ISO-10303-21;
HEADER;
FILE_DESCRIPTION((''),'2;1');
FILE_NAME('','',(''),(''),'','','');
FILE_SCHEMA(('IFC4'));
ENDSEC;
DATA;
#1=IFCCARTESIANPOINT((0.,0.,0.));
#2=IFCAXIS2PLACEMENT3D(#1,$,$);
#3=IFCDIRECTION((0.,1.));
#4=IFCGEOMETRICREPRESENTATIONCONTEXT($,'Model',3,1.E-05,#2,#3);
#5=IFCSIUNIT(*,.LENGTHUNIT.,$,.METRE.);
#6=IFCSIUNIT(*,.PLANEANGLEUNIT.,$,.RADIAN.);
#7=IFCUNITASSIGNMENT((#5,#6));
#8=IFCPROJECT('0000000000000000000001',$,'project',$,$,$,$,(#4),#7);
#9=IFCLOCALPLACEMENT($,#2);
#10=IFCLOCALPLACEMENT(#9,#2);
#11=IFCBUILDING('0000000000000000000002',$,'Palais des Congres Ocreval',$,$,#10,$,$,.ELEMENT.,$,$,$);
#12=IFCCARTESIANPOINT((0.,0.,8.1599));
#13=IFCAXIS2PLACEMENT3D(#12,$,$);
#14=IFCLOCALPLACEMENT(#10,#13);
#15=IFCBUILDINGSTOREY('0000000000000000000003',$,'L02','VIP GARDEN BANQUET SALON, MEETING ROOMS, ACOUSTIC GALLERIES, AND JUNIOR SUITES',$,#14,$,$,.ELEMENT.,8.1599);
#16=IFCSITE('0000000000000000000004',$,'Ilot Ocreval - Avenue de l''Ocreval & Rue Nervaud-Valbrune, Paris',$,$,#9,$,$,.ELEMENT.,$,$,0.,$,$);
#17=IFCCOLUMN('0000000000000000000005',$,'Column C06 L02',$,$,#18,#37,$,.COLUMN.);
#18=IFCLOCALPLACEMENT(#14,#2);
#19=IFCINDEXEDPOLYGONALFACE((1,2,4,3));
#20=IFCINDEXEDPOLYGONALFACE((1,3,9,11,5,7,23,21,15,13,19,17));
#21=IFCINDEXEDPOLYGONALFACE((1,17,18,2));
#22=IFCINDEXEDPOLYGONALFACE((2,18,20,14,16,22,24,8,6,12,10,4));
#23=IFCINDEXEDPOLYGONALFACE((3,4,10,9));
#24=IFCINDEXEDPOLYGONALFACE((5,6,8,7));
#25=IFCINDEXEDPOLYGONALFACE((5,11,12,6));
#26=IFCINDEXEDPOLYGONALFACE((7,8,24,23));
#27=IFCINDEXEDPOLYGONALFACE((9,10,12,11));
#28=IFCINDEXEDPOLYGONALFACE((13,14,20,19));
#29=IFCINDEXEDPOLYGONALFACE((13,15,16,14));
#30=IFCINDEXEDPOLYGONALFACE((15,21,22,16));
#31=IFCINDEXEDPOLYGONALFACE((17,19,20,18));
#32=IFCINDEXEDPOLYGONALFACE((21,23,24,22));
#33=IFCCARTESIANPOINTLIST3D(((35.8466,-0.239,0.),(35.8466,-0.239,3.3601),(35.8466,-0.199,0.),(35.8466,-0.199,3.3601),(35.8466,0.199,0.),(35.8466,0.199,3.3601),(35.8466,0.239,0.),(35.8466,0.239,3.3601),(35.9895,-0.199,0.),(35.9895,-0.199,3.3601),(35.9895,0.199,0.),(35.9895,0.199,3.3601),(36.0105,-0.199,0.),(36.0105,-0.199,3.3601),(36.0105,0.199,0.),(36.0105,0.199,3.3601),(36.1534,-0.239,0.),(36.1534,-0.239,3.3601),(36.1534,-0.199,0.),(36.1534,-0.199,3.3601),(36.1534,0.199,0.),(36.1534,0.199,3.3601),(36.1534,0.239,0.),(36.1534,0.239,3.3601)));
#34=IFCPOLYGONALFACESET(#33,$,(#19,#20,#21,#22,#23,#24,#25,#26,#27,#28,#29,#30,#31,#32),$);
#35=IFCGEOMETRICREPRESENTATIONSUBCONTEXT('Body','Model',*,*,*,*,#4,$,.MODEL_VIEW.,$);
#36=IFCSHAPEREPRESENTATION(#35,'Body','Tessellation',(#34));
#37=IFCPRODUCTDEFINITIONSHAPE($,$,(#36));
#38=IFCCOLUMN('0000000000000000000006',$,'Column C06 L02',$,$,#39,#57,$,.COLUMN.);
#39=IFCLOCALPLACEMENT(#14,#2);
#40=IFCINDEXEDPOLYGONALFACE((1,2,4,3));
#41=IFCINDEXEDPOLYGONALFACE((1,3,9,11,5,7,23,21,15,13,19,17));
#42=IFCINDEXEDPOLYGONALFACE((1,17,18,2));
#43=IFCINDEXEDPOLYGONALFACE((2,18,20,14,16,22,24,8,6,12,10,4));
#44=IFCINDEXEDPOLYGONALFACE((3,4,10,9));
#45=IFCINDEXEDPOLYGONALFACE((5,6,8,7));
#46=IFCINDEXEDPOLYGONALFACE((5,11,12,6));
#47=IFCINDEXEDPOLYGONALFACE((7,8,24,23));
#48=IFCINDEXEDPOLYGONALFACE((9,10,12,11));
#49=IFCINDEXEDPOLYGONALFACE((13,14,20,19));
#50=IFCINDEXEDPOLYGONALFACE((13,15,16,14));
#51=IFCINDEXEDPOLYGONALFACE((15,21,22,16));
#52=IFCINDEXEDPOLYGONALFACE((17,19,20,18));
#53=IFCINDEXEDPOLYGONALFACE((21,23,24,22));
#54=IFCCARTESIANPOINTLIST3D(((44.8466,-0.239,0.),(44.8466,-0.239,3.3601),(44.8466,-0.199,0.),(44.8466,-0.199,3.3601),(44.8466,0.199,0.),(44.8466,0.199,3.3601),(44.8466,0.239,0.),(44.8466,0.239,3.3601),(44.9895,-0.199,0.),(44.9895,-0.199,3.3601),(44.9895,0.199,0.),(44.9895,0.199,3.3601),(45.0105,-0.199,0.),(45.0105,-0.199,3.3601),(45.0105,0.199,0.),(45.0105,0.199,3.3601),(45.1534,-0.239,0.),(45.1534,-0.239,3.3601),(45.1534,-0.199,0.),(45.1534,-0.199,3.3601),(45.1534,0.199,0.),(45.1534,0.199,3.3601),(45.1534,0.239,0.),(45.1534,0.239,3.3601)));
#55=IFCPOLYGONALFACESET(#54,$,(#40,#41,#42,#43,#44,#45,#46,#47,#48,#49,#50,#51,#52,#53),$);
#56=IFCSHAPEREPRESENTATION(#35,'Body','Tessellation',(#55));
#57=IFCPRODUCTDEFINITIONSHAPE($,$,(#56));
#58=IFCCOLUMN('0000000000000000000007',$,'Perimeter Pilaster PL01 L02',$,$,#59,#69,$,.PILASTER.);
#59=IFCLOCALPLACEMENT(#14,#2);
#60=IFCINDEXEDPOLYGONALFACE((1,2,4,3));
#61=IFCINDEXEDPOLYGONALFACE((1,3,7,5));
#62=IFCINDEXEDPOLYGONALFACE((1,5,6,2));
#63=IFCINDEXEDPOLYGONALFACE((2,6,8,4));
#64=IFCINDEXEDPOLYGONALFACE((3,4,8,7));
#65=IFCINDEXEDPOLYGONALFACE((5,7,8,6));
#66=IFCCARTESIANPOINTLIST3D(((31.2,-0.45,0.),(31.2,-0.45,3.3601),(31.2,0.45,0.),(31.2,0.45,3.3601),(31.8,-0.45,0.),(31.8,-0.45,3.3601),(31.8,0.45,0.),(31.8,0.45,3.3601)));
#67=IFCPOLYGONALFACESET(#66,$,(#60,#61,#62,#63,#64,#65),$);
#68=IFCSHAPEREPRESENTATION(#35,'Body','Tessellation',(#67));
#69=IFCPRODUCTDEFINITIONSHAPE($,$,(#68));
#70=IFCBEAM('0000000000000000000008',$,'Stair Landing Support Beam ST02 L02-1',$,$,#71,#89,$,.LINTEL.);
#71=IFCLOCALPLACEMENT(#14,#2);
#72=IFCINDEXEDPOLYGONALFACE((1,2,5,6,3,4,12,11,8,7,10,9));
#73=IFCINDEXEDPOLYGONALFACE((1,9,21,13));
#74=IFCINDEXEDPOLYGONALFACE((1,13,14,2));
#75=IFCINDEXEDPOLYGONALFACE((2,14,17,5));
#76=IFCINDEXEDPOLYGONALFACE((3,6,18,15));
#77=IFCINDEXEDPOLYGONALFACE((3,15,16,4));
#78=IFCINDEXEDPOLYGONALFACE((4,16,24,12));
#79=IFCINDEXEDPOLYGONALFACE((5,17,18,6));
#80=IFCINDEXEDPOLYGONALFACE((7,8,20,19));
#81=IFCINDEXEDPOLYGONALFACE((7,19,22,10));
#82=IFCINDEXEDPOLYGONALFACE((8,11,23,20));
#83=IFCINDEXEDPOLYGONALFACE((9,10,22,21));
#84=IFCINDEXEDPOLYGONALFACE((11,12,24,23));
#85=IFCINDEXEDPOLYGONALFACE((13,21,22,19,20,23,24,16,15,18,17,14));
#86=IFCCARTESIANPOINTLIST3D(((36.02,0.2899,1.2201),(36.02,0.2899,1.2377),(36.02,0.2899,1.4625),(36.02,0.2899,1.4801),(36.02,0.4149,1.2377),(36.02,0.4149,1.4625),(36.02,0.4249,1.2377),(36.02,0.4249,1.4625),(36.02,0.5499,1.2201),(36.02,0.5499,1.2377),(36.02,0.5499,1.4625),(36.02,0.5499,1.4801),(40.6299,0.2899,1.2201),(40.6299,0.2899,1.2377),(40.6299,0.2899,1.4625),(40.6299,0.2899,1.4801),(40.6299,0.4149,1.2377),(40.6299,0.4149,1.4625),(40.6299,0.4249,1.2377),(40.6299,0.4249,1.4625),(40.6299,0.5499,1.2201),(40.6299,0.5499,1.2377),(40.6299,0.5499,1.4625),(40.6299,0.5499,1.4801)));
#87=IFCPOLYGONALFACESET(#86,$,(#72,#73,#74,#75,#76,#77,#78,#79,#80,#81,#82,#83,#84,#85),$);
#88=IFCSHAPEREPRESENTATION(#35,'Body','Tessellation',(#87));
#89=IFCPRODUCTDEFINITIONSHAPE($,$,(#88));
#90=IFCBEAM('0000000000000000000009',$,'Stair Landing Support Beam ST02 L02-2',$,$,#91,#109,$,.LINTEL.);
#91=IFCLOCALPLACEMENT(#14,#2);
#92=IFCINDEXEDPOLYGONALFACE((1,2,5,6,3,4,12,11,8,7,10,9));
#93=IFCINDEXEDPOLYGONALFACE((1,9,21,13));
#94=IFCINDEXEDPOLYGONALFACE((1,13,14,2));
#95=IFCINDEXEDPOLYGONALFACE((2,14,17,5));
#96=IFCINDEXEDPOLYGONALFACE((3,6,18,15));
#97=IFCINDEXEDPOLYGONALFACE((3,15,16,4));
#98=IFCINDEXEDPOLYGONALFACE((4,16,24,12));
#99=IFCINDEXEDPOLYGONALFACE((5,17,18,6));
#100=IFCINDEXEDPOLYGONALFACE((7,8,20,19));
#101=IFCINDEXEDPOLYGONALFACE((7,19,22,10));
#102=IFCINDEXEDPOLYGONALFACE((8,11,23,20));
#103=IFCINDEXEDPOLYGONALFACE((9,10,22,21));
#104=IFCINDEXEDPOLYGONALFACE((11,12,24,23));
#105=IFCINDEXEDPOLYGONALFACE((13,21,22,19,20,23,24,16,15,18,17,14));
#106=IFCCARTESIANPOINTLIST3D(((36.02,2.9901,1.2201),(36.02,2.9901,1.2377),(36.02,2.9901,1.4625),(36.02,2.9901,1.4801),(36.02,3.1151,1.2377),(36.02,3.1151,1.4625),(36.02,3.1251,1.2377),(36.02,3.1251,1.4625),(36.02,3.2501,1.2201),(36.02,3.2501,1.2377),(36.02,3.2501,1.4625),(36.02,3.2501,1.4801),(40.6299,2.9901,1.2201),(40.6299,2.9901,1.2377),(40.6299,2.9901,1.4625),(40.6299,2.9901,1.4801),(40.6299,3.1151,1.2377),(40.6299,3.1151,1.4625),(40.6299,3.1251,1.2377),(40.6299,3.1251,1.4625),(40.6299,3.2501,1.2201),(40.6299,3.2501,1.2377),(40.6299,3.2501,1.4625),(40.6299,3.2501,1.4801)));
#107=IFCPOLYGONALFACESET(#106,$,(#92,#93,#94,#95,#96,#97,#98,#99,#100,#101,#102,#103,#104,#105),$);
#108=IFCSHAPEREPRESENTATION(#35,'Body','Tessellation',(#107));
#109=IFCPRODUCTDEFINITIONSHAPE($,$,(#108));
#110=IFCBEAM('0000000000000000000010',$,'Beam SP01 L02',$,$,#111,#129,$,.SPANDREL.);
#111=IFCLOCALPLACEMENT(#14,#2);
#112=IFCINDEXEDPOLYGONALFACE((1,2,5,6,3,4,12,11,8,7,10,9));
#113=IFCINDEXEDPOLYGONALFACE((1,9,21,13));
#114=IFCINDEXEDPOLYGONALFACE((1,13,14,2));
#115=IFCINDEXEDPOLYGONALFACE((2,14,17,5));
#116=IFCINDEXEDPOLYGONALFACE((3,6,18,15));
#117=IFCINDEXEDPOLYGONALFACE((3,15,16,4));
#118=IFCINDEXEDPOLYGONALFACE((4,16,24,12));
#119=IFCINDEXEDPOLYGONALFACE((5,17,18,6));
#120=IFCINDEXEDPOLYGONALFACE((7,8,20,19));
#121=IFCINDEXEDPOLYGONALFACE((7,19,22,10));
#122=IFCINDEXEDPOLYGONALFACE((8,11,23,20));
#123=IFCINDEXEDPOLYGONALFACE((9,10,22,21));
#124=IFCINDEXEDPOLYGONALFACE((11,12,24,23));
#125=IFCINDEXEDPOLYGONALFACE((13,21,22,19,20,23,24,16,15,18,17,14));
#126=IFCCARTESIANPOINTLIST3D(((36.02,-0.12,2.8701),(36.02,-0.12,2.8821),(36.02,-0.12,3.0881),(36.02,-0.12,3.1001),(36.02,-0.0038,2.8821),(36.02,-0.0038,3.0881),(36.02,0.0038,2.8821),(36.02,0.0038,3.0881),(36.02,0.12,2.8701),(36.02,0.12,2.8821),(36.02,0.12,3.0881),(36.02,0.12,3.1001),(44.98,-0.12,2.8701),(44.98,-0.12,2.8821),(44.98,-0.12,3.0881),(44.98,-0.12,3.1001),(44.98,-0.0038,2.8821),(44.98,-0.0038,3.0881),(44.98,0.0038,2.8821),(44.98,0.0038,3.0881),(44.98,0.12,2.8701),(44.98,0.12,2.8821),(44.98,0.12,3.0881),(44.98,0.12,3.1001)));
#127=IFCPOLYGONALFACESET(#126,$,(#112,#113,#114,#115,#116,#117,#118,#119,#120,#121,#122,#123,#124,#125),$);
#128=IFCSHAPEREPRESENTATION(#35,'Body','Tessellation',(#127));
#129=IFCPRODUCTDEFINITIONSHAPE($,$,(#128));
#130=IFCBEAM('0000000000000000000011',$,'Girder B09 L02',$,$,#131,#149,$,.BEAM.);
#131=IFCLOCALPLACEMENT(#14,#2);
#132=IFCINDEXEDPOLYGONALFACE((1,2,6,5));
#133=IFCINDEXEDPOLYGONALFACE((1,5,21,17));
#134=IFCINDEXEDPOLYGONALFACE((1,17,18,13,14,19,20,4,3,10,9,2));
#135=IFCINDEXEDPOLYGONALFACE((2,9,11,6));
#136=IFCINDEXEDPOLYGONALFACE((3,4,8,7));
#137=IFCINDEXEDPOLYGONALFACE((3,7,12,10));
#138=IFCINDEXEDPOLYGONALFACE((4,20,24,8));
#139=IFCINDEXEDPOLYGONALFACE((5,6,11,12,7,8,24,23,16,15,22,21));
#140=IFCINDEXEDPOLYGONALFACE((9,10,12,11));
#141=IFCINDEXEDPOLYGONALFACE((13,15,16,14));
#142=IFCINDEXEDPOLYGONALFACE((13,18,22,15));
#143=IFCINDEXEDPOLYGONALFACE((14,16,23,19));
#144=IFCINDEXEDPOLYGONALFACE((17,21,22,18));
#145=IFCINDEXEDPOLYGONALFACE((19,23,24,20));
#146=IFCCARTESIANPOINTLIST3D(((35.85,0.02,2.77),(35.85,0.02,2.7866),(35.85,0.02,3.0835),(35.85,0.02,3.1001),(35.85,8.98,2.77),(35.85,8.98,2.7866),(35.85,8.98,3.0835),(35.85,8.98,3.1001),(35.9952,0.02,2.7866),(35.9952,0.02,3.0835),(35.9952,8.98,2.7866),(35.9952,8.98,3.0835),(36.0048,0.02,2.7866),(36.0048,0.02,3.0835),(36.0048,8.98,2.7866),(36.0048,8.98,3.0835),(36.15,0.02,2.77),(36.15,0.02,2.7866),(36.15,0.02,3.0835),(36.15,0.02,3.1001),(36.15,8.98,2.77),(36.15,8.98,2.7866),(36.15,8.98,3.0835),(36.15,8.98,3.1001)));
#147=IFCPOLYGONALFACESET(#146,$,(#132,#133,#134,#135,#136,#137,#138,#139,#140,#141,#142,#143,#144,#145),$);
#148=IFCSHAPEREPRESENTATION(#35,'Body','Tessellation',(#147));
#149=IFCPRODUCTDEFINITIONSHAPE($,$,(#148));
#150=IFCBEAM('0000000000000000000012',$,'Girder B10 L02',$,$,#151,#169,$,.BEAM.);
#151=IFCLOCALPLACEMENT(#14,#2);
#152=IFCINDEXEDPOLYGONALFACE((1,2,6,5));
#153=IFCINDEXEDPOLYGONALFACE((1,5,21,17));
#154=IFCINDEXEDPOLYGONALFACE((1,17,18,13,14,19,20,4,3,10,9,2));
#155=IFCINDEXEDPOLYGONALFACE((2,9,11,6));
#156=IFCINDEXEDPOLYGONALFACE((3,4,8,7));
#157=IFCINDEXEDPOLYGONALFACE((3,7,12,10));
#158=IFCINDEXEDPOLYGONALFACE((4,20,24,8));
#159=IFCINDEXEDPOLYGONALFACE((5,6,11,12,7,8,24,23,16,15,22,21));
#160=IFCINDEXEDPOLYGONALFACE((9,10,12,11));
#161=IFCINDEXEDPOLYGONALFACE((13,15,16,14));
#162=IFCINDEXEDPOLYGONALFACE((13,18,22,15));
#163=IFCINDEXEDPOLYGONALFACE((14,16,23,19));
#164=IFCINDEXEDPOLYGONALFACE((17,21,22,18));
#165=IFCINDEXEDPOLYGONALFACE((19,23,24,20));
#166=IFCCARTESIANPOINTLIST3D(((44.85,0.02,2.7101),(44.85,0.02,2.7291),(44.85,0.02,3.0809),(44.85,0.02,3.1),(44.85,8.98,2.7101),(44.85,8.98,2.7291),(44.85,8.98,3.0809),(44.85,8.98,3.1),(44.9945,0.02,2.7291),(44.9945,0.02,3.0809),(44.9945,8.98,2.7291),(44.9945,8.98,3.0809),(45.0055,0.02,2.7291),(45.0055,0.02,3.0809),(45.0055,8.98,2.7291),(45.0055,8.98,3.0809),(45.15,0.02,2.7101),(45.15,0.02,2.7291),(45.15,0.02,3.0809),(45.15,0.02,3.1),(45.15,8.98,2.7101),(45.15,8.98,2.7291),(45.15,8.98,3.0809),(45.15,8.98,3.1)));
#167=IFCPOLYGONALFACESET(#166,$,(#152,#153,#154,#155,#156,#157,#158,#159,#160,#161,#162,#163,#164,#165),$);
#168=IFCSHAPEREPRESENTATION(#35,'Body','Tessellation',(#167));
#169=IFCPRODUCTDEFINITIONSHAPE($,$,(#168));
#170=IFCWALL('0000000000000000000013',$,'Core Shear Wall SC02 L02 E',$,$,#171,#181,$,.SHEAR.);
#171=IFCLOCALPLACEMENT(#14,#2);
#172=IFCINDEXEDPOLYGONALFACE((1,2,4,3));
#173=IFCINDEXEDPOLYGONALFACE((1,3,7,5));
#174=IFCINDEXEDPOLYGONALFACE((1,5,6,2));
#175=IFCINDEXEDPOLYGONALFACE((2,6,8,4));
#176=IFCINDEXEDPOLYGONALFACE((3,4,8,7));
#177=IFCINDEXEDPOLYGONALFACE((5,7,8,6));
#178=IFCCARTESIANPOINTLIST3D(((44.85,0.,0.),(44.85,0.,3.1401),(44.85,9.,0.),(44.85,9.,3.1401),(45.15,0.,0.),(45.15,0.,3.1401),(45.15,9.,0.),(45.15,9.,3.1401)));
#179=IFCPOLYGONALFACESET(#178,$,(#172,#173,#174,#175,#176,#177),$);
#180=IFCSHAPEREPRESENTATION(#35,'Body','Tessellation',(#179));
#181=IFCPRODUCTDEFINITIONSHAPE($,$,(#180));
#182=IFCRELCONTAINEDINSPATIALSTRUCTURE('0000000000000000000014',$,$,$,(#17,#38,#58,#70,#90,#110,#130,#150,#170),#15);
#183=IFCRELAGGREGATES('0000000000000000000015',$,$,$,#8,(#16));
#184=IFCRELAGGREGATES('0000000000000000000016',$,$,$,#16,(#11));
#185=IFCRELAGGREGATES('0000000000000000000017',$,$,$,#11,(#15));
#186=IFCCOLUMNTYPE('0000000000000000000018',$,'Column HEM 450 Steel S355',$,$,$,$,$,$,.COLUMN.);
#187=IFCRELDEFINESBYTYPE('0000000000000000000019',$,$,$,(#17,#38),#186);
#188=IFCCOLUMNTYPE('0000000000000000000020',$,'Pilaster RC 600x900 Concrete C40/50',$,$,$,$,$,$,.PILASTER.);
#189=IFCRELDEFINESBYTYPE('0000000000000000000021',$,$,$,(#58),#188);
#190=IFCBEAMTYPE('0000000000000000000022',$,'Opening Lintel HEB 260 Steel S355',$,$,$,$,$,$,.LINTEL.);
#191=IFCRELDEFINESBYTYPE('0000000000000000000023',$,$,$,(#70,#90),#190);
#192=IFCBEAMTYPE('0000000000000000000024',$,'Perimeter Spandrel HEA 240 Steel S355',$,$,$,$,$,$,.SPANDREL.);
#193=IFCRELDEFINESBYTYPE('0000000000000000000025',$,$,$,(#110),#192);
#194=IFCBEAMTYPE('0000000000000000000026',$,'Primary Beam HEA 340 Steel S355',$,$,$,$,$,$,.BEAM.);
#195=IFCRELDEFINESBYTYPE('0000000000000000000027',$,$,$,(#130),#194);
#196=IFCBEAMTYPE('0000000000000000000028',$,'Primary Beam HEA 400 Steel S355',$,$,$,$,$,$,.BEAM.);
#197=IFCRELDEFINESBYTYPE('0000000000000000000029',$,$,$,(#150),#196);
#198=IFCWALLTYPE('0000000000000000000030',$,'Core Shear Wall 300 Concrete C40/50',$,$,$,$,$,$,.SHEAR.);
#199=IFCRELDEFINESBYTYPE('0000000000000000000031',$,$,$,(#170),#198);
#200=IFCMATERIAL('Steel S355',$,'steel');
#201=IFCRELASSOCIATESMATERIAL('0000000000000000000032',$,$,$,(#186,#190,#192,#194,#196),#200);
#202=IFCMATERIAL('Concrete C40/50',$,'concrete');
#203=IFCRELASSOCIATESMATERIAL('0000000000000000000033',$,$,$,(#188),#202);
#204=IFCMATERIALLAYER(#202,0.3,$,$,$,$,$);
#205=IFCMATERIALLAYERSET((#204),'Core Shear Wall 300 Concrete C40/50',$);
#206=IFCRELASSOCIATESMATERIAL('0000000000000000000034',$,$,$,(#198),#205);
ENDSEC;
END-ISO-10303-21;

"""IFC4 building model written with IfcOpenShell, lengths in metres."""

from ifc_helpers import new_model, si_unit, direction, frame, frame_2d, origin, origin_2d, place, context, subcontext, project, spatial, rectangle, i_section, extrude, material, layer, layer_set, material_profile, profile_set, type_object, element, save


model = new_model("IFC4")

# Units and contexts
model_context = context("Model", 3, precision=1e-05, world=origin(), true_north=direction((0.0, 1.0)))
body_context = subcontext(model_context, "Body", "Model", "MODEL_VIEW")
ifc_project = project(units=[si_unit("LENGTHUNIT", "METRE"), si_unit("PLANEANGLEUNIT", "RADIAN")], contexts=[model_context])

# Site, building, storey
site_placement = place(None, origin())
site = spatial("IfcSite", under=ifc_project, at=site_placement, Name="Ilot Ocreval - Avenue de l'Ocreval & Rue Nervaud-Valbrune, Paris", CompositionType="ELEMENT", RefElevation=0.0)
building_placement = place(site_placement, origin())
building = spatial("IfcBuilding", under=site, at=building_placement, Name="Palais des Congres Ocreval", CompositionType="ELEMENT")
storey_placement = place(building_placement, frame((0.0, 0.0, 8.1599)))
storey = spatial("IfcBuildingStorey", under=building, at=storey_placement, Name="L02", Description="VIP GARDEN BANQUET SALON, MEETING ROOMS, ACOUSTIC GALLERIES, AND JUNIOR SUITES", CompositionType="ELEMENT", Elevation=8.1599)

# Columns
ifc_material_1 = material(Name="Steel S355", Category="steel")
ifc_material_profile_1 = material_profile(ifc_material_1, i_section(OverallWidth=0.3069, OverallDepth=0.478, WebThickness=0.021, FlangeThickness=0.04, at=origin_2d()), Name="HEM 450")
ifc_profile_set_1 = profile_set([ifc_material_profile_1], Name="Steel S355")
column_type_1 = type_object("IfcColumnType", Name="Column HEM 450 Steel S355", PredefinedType="COLUMN", material=ifc_profile_set_1)
for number, where, z_axis, x_axis, name in (
    (1, (36.0, 0.0, 0.0), (0.0, 0.0, 1.0), (1.0, 0.0, 0.0), "Column C06 L02"),
    (2, (45.0, 0.0, 0.0), (0.0, 0.0, 1.0), (1.0, 0.0, 0.0), "Column C06 L02"),
):
    element("IfcColumn", number, at=place(storey_placement, frame(where, z_axis=z_axis, x_axis=x_axis)), inside=storey, type_object=column_type_1, Name=name, PredefinedType="COLUMN", context=body_context, shape_type="SweptSolid", body=[
        extrude(i_section(OverallWidth=0.3069, OverallDepth=0.478, WebThickness=0.021, FlangeThickness=0.04, at=origin_2d()), origin(), (0.0, 0.0, 1.0), 3.3601),
    ])
ifc_material_2 = material(Name="Concrete C40/50", Category="concrete")
ifc_material_profile_2 = material_profile(ifc_material_2, rectangle(XDim=0.6001, YDim=0.8999, at=origin_2d()), Name="RC 600x900")
ifc_profile_set_2 = profile_set([ifc_material_profile_2], Name="Concrete C40/50")
column_type_2 = type_object("IfcColumnType", Name="Pilaster RC 600x900 Concrete C40/50", PredefinedType="PILASTER", material=ifc_profile_set_2)
column_placement = place(storey_placement, frame((31.5, 0.0, 0.0), z_axis=(0.0, 0.0, 1.0), x_axis=(1.0, 0.0, 0.0)))
element("IfcColumn", 3, at=column_placement, inside=storey, type_object=column_type_2, Name="Perimeter Pilaster PL01 L02", PredefinedType="PILASTER", context=body_context, shape_type="SweptSolid", body=[
    extrude(rectangle(XDim=0.6001, YDim=0.8999, at=origin_2d()), origin(), (0.0, 0.0, 1.0), 3.3601),
])

# Beams
ifc_material_profile_3 = material_profile(ifc_material_1, i_section(OverallWidth=0.26, OverallDepth=0.26, WebThickness=0.01, FlangeThickness=0.0176, at=origin_2d()), Name="HEB 260")
ifc_profile_set_3 = profile_set([ifc_material_profile_3], Name="Steel S355")
beam_type_1 = type_object("IfcBeamType", Name="Opening Lintel HEB 260 Steel S355", PredefinedType="LINTEL", material=ifc_profile_set_3)
for number, where, z_axis, x_axis, name in (
    (4, (36.02, 0.4199, 1.3501), (1.0, 0.0, 0.0), (0.0, 1.0, 0.0), "Stair Landing Support Beam ST02 L02-1"),
    (5, (36.02, 3.1201, 1.3501), (1.0, 0.0, 0.0), (0.0, 1.0, 0.0), "Stair Landing Support Beam ST02 L02-2"),
):
    element("IfcBeam", number, at=place(storey_placement, frame(where, z_axis=z_axis, x_axis=x_axis)), inside=storey, type_object=beam_type_1, Name=name, PredefinedType="LINTEL", context=body_context, shape_type="SweptSolid", body=[
        extrude(i_section(OverallWidth=0.26, OverallDepth=0.26, WebThickness=0.01, FlangeThickness=0.0176, at=origin_2d()), origin(), (0.0, 0.0, 1.0), 4.6099),
    ])
ifc_material_profile_4 = material_profile(ifc_material_1, i_section(OverallWidth=0.24, OverallDepth=0.23, WebThickness=0.0076, FlangeThickness=0.012, at=origin_2d()), Name="HEA 240")
ifc_profile_set_4 = profile_set([ifc_material_profile_4], Name="Steel S355")
beam_type_2 = type_object("IfcBeamType", Name="Perimeter Spandrel HEA 240 Steel S355", PredefinedType="SPANDREL", material=ifc_profile_set_4)
beam_1_placement = place(storey_placement, frame((36.02, 0.0, 2.9851), z_axis=(1.0, 0.0, 0.0), x_axis=(0.0, 1.0, 0.0)))
element("IfcBeam", 6, at=beam_1_placement, inside=storey, type_object=beam_type_2, Name="Beam SP01 L02", PredefinedType="SPANDREL", context=body_context, shape_type="SweptSolid", body=[
    extrude(i_section(OverallWidth=0.24, OverallDepth=0.23, WebThickness=0.0076, FlangeThickness=0.012, at=origin_2d()), origin(), (0.0, 0.0, 1.0), 8.96),
])
ifc_material_profile_5 = material_profile(ifc_material_1, i_section(OverallWidth=0.3, OverallDepth=0.3301, WebThickness=0.0095, FlangeThickness=0.0166, at=origin_2d()), Name="HEA 340")
ifc_profile_set_5 = profile_set([ifc_material_profile_5], Name="Steel S355")
beam_type_3 = type_object("IfcBeamType", Name="Primary Beam HEA 340 Steel S355", PredefinedType="BEAM", material=ifc_profile_set_5)
beam_2_placement = place(storey_placement, frame((36.0, 0.02, 2.9351), z_axis=(0.0, 1.0, 0.0), x_axis=(-1.0, 0.0, 0.0)))
element("IfcBeam", 7, at=beam_2_placement, inside=storey, type_object=beam_type_3, Name="Girder B09 L02", PredefinedType="BEAM", context=body_context, shape_type="SweptSolid", body=[
    extrude(i_section(OverallWidth=0.3, OverallDepth=0.3301, WebThickness=0.0095, FlangeThickness=0.0166, at=origin_2d()), origin(), (0.0, 0.0, 1.0), 8.96),
])
ifc_material_profile_6 = material_profile(ifc_material_1, i_section(OverallWidth=0.3, OverallDepth=0.3899, WebThickness=0.011, FlangeThickness=0.019, at=origin_2d()), Name="HEA 400")
ifc_profile_set_6 = profile_set([ifc_material_profile_6], Name="Steel S355")
beam_type_4 = type_object("IfcBeamType", Name="Primary Beam HEA 400 Steel S355", PredefinedType="BEAM", material=ifc_profile_set_6)
beam_3_placement = place(storey_placement, frame((45.0, 0.02, 2.905), z_axis=(0.0, 1.0, 0.0), x_axis=(-1.0, 0.0, 0.0)))
element("IfcBeam", 8, at=beam_3_placement, inside=storey, type_object=beam_type_4, Name="Girder B10 L02", PredefinedType="BEAM", context=body_context, shape_type="SweptSolid", body=[
    extrude(i_section(OverallWidth=0.3, OverallDepth=0.3899, WebThickness=0.011, FlangeThickness=0.019, at=origin_2d()), origin(), (0.0, 0.0, 1.0), 8.96),
])

# Wall
ifc_layer_1 = layer(ifc_material_2, 0.3)
ifc_layer_set_1 = layer_set([ifc_layer_1], Name="Core Shear Wall 300 Concrete C40/50")
wall_type_1 = type_object("IfcWallType", Name="Core Shear Wall 300 Concrete C40/50", PredefinedType="SHEAR", material=ifc_layer_set_1)
for number, where, z_axis, x_axis, name in (
    (9, (45.0, 0.0, 0.0), (0.0, 0.0, 1.0), (0.0, 1.0, 0.0), "Core Shear Wall SC02 L02 E"),
):
    element("IfcWall", number, at=place(storey_placement, frame(where, z_axis=z_axis, x_axis=x_axis)), inside=storey, type_object=wall_type_1, Name=name, PredefinedType="SHEAR", context=body_context, shape_type="SweptSolid", body=[
        extrude(rectangle(XDim=9.0, YDim=0.3, at=frame_2d((4.5, 0.0))), origin(), (0.0, 0.0, 1.0), 3.1401),
    ])

save(model, "model.ifc")
